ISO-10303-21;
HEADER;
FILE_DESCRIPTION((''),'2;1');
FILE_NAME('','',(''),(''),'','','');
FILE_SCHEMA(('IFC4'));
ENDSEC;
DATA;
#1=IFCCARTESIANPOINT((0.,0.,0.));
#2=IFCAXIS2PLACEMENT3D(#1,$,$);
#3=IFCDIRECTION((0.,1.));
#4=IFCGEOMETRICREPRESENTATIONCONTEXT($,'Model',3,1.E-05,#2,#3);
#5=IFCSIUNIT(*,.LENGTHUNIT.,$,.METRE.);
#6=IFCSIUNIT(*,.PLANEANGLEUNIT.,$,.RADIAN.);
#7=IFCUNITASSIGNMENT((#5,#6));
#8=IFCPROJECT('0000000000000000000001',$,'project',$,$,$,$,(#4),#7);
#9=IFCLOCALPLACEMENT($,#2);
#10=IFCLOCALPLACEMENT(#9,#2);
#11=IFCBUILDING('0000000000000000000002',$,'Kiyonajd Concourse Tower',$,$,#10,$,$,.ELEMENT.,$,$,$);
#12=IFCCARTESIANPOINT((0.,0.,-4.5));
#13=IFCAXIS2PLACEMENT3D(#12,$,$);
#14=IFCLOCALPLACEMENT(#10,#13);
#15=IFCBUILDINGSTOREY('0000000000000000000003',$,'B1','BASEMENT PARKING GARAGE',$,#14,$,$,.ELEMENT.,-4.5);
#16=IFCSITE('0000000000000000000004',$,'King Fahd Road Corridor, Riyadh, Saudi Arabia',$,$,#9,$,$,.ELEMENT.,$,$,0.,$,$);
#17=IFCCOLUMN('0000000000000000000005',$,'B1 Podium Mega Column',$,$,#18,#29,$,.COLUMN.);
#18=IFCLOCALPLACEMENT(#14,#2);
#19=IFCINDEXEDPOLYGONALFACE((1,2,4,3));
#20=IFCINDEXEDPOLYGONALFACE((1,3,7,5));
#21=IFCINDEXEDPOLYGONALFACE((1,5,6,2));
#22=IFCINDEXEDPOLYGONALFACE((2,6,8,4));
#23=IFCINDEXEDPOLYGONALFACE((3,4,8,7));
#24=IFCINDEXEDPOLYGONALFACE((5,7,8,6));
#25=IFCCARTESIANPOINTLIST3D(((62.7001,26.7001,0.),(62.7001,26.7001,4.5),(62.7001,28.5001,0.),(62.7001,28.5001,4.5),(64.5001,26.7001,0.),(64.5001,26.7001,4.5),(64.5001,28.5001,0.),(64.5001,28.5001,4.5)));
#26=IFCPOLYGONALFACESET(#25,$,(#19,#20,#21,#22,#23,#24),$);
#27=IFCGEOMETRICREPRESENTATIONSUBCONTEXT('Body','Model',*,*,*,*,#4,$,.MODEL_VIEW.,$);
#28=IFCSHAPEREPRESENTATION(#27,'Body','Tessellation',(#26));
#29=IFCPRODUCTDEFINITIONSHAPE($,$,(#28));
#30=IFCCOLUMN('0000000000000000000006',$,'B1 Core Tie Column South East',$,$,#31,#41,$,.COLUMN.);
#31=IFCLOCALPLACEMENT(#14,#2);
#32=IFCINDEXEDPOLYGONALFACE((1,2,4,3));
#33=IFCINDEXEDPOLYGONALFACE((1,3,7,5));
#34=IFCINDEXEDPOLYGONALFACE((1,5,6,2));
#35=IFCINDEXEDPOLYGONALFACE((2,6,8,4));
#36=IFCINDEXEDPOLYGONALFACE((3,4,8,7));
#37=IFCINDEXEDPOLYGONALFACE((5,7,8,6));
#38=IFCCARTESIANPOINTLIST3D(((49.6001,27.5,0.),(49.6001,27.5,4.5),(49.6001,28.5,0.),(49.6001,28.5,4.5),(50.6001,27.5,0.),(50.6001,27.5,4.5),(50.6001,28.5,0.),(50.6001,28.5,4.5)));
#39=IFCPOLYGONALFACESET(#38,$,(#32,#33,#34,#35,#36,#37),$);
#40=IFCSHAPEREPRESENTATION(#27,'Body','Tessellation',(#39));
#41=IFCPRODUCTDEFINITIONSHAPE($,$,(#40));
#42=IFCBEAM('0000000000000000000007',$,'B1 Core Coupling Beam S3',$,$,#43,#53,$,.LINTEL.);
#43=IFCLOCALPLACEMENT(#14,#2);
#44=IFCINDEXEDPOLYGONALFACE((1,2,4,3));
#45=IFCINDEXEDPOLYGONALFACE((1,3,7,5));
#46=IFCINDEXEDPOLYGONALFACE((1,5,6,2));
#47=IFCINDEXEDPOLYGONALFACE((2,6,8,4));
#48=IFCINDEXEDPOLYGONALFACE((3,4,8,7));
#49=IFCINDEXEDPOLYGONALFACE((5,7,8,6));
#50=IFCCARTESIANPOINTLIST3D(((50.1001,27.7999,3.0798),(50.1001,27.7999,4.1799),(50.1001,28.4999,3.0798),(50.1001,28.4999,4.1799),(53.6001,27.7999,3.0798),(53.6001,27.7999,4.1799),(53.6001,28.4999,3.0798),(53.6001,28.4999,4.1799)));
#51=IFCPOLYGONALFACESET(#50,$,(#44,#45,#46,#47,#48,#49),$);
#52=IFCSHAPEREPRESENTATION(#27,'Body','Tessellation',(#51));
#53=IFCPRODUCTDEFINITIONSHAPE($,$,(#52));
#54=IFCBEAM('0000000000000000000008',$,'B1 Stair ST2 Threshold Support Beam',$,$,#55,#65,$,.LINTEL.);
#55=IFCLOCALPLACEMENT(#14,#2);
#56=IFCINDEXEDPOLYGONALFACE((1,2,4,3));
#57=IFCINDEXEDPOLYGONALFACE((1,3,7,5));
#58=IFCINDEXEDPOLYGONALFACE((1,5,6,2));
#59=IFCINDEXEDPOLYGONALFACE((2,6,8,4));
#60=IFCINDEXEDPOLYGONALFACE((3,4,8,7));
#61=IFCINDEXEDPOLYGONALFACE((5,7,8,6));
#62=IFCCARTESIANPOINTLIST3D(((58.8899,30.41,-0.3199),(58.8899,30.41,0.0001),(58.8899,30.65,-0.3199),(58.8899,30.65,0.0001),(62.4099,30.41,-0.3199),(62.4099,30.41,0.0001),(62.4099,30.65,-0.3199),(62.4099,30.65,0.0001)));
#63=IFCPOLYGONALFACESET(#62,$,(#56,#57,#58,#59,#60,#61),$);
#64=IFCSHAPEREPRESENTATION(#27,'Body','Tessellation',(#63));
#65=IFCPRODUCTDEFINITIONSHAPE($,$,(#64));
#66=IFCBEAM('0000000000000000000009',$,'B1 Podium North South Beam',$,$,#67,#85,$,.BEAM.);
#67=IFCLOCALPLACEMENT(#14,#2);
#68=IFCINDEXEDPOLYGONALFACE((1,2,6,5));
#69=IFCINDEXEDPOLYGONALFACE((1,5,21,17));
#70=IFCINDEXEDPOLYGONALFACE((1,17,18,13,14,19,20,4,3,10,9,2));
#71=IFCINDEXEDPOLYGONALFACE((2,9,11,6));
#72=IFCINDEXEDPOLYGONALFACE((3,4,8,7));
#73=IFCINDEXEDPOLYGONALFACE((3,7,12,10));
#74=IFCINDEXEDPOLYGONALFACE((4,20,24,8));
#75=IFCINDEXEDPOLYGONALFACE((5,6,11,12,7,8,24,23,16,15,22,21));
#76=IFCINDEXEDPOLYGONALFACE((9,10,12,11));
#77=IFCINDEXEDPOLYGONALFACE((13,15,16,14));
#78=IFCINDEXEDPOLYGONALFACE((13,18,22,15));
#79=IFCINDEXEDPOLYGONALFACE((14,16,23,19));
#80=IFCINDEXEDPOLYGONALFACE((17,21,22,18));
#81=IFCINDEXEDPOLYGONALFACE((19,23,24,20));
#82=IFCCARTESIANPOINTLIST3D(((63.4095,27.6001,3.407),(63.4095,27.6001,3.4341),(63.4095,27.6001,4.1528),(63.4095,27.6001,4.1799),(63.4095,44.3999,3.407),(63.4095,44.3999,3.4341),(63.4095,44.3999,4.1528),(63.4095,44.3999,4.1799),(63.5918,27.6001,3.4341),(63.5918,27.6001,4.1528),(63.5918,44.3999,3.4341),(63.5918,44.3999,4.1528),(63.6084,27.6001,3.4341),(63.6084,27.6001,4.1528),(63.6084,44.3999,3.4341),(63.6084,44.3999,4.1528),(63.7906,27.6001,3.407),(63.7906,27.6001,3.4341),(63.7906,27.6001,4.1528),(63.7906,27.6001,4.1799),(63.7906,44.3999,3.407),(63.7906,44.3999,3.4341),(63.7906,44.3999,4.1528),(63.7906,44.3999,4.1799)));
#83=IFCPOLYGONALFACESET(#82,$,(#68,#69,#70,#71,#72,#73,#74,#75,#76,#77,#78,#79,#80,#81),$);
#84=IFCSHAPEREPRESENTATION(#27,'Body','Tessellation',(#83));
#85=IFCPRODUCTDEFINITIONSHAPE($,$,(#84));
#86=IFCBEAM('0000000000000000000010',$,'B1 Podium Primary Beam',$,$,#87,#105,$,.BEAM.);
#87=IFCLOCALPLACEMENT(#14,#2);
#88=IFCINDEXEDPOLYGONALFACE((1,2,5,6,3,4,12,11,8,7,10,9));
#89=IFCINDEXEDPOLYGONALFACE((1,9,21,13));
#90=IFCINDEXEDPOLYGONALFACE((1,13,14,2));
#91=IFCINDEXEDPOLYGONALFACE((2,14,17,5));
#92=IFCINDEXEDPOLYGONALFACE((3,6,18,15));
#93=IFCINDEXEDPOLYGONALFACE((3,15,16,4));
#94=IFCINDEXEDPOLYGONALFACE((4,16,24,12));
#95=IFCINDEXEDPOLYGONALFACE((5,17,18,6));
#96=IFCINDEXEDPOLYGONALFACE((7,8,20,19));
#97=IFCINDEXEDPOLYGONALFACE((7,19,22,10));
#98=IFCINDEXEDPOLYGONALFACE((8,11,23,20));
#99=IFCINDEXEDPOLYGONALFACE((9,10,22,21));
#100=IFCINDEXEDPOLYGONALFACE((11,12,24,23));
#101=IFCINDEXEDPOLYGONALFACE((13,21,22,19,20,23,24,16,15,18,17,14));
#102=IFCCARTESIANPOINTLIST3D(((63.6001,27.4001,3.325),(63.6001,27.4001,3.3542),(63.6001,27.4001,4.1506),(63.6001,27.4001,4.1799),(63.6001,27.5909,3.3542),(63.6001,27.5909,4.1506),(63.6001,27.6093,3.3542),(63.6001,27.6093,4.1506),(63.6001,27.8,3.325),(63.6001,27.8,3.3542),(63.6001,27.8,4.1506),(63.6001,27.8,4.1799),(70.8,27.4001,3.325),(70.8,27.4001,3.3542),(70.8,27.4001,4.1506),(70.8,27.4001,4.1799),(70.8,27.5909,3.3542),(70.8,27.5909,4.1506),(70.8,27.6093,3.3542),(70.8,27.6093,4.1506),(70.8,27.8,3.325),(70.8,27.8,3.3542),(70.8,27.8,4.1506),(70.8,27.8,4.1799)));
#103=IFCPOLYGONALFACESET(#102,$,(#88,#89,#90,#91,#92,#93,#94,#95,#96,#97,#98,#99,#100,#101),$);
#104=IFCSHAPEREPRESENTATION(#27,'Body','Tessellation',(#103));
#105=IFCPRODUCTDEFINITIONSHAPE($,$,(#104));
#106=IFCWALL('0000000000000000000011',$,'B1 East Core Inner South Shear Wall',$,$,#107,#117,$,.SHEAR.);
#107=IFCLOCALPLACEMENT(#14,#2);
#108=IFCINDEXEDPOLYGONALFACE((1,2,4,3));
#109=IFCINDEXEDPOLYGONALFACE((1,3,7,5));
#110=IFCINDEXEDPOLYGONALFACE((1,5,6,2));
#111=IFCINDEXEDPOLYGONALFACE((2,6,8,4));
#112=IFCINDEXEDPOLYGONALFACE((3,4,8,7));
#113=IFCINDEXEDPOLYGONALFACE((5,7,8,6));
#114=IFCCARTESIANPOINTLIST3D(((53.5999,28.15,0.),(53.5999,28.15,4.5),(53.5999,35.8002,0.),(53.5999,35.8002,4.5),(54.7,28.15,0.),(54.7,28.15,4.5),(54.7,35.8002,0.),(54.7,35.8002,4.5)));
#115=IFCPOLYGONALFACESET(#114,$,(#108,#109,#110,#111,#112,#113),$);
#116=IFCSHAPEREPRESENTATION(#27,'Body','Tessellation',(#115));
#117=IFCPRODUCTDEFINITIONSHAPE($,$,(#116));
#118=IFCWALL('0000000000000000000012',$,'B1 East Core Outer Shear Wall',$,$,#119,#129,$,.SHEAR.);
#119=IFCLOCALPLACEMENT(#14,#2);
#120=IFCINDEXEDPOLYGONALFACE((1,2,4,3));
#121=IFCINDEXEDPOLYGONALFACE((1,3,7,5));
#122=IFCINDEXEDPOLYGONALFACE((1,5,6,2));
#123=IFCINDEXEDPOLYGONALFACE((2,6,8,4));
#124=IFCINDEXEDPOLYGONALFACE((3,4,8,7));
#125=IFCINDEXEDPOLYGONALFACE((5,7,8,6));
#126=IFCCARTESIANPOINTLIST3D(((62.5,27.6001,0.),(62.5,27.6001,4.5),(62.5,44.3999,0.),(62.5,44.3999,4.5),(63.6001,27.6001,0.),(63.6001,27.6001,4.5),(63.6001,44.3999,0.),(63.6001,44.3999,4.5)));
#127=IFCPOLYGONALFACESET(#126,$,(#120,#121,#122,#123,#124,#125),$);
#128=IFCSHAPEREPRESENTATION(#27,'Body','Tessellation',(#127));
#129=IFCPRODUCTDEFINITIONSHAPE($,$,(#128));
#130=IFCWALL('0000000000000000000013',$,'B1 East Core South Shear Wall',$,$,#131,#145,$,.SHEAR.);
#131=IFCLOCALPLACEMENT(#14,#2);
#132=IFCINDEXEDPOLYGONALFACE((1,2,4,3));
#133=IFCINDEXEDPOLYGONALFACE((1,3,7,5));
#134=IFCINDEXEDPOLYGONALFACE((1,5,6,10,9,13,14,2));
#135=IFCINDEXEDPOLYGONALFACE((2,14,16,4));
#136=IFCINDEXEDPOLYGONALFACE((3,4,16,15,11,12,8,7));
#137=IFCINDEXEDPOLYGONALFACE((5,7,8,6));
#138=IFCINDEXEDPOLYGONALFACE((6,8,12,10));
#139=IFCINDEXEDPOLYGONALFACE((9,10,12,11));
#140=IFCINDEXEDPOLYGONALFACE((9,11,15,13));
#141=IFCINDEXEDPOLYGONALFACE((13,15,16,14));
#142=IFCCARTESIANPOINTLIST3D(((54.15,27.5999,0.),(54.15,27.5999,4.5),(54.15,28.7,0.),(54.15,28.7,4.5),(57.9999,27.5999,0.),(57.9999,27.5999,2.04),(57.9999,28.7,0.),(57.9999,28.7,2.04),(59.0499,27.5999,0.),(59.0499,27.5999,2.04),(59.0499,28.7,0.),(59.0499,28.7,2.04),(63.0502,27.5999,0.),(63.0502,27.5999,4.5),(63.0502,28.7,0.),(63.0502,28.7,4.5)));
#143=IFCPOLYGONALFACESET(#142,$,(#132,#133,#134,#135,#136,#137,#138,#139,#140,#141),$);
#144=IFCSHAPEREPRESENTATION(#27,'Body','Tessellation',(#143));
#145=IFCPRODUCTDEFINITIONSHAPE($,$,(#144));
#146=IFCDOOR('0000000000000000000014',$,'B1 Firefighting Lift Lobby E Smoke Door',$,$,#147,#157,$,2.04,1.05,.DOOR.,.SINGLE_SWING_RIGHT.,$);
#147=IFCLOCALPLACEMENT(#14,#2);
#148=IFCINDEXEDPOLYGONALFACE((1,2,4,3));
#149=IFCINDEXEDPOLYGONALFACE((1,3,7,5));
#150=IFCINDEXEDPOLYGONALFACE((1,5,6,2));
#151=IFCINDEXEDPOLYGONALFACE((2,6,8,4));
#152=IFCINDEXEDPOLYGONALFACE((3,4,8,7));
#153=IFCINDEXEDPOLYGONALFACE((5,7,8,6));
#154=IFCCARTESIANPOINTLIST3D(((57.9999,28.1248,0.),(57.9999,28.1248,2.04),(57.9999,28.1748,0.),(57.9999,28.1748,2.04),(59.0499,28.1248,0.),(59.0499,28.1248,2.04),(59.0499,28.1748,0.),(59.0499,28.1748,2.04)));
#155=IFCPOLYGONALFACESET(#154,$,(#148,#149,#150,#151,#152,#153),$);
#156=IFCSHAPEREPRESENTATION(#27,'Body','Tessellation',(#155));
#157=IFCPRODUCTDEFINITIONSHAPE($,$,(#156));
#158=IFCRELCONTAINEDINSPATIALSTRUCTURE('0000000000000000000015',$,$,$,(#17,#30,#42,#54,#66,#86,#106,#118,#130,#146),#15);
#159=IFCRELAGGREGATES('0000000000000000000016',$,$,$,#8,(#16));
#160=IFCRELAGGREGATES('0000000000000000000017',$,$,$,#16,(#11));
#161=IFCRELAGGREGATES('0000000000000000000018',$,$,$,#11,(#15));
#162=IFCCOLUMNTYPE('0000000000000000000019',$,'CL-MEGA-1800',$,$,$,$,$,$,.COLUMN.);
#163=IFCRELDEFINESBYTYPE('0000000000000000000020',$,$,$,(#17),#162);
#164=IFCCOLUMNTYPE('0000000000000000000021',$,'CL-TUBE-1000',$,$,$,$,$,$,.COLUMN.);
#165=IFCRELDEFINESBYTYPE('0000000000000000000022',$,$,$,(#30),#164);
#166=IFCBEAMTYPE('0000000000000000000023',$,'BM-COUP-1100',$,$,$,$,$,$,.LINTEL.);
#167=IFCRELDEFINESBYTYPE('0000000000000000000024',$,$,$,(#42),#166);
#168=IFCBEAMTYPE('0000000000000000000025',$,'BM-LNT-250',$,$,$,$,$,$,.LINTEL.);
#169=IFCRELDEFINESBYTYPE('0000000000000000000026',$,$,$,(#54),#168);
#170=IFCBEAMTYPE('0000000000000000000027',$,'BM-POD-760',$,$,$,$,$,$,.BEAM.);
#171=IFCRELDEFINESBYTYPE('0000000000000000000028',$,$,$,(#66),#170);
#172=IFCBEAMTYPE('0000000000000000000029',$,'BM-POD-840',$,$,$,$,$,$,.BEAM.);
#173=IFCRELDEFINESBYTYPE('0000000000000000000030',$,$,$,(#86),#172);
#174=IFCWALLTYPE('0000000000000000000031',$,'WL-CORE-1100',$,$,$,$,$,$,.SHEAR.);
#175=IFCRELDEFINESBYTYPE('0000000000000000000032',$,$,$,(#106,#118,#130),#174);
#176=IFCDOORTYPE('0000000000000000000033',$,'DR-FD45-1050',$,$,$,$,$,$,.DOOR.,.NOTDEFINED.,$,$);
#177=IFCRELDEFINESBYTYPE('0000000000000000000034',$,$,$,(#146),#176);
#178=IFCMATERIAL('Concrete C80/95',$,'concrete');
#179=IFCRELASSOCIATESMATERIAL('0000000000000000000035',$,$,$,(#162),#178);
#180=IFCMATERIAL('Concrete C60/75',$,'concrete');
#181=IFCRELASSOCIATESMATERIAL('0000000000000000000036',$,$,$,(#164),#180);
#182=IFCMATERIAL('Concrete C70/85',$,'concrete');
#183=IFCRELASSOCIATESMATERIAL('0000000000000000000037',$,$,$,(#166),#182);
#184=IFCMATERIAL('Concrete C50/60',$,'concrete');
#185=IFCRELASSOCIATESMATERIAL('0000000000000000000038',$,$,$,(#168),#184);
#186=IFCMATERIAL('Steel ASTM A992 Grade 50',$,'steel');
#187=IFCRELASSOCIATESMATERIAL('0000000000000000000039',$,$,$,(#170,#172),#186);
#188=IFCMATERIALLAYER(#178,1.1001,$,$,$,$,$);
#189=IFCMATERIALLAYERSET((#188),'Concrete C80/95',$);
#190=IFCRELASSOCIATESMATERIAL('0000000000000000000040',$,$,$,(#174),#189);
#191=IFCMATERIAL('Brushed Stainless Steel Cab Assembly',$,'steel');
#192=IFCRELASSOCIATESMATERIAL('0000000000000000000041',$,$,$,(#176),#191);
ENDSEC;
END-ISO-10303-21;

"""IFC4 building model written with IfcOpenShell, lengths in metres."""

from ifc_helpers import new_model, si_unit, direction, frame, frame_2d, origin, origin_2d, place, context, subcontext, project, spatial, rectangle, i_section, extrude, material, layer, layer_set, material_profile, profile_set, type_object, element, fill, save


model = new_model("IFC4")

# Units and contexts
model_context = context("Model", 3, precision=1e-05, world=origin(), true_north=direction((0.0, 1.0)))
body_context = subcontext(model_context, "Body", "Model", "MODEL_VIEW")
ifc_project = project(units=[si_unit("LENGTHUNIT", "METRE"), si_unit("PLANEANGLEUNIT", "RADIAN")], contexts=[model_context])

# Site, building, storey
site_placement = place(None, origin())
site = spatial("IfcSite", under=ifc_project, at=site_placement, Name="King Fahd Road Corridor, Riyadh, Saudi Arabia", CompositionType="ELEMENT", RefElevation=0.0)
building_placement = place(site_placement, origin())
building = spatial("IfcBuilding", under=site, at=building_placement, Name="Kiyonajd Concourse Tower", CompositionType="ELEMENT")
storey_placement = place(building_placement, frame((0.0, 0.0, -4.5)))
storey = spatial("IfcBuildingStorey", under=building, at=storey_placement, Name="B1", Description="BASEMENT PARKING GARAGE", CompositionType="ELEMENT", Elevation=-4.5)

# Columns
ifc_material_1 = material(Name="Concrete C80/95", Category="concrete")
ifc_material_profile_1 = material_profile(ifc_material_1, rectangle(XDim=1.8, YDim=1.8, at=origin_2d()), Name="RC-1800x1800")
ifc_profile_set_1 = profile_set([ifc_material_profile_1], Name="Concrete C80/95")
column_type_1 = type_object("IfcColumnType", Name="CL-MEGA-1800", PredefinedType="COLUMN", material=ifc_profile_set_1)
column_1_placement = place(storey_placement, frame((63.6001, 27.6001, 0.0), z_axis=(0.0, 0.0, 1.0), x_axis=(1.0, 0.0, 0.0)))
element("IfcColumn", 1, at=column_1_placement, inside=storey, type_object=column_type_1, Name="B1 Podium Mega Column", PredefinedType="COLUMN", context=body_context, shape_type="SweptSolid", body=[
    extrude(rectangle(XDim=1.8, YDim=1.8, at=origin_2d()), origin(), (0.0, 0.0, 1.0), 4.5),
])
ifc_material_2 = material(Name="Concrete C60/75", Category="concrete")
ifc_material_profile_2 = material_profile(ifc_material_2, rectangle(XDim=1.0, YDim=1.0, at=origin_2d()), Name="RC-1000x1000")
ifc_profile_set_2 = profile_set([ifc_material_profile_2], Name="Concrete C60/75")
column_type_2 = type_object("IfcColumnType", Name="CL-TUBE-1000", PredefinedType="COLUMN", material=ifc_profile_set_2)
column_2_placement = place(storey_placement, frame((50.1001, 28.0, 0.0), z_axis=(0.0, 0.0, 1.0), x_axis=(1.0, 0.0, 0.0)))
element("IfcColumn", 2, at=column_2_placement, inside=storey, type_object=column_type_2, Name="B1 Core Tie Column South East", PredefinedType="COLUMN", context=body_context, shape_type="SweptSolid", body=[
    extrude(rectangle(XDim=1.0, YDim=1.0, at=origin_2d()), origin(), (0.0, 0.0, 1.0), 4.5),
])

# Beams
ifc_material_3 = material(Name="Concrete C70/85", Category="concrete")
ifc_material_profile_3 = material_profile(ifc_material_3, rectangle(XDim=0.7, YDim=1.1001, at=origin_2d()), Name="RCBM-700x1100")
ifc_profile_set_3 = profile_set([ifc_material_profile_3], Name="Concrete C70/85")
beam_type_1 = type_object("IfcBeamType", Name="BM-COUP-1100", PredefinedType="LINTEL", material=ifc_profile_set_3)
beam_1_placement = place(storey_placement, frame((50.1001, 28.1499, 3.6299), z_axis=(1.0, 0.0, 0.0), x_axis=(0.0, 1.0, 0.0)))
element("IfcBeam", 3, at=beam_1_placement, inside=storey, type_object=beam_type_1, Name="B1 Core Coupling Beam S3", PredefinedType="LINTEL", context=body_context, shape_type="SweptSolid", body=[
    extrude(rectangle(XDim=0.7, YDim=1.1001, at=origin_2d()), origin(), (0.0, 0.0, 1.0), 3.5),
])
ifc_material_4 = material(Name="Concrete C50/60", Category="concrete")
ifc_material_profile_4 = material_profile(ifc_material_4, rectangle(XDim=0.24, YDim=0.3201, at=origin_2d()), Name="RCBM-240x320")
ifc_profile_set_4 = profile_set([ifc_material_profile_4], Name="Concrete C50/60")
beam_type_2 = type_object("IfcBeamType", Name="BM-LNT-250", PredefinedType="LINTEL", material=ifc_profile_set_4)
beam_2_placement = place(storey_placement, frame((58.8899, 30.53, -0.1599), z_axis=(1.0, 0.0, 0.0), x_axis=(0.0, 1.0, 0.0)))
element("IfcBeam", 4, at=beam_2_placement, inside=storey, type_object=beam_type_2, Name="B1 Stair ST2 Threshold Support Beam", PredefinedType="LINTEL", context=body_context, shape_type="SweptSolid", body=[
    extrude(rectangle(XDim=0.24, YDim=0.3201, at=origin_2d()), origin(), (0.0, 0.0, 1.0), 3.52),
])
ifc_material_5 = material(Name="Steel ASTM A992 Grade 50", Category="steel")
ifc_material_profile_5 = material_profile(ifc_material_5, i_section(OverallWidth=0.3811, OverallDepth=0.7729, WebThickness=0.0166, FlangeThickness=0.0271, at=origin_2d()), Name="W760X257")
ifc_profile_set_5 = profile_set([ifc_material_profile_5], Name="Steel ASTM A992 Grade 50")
beam_type_3 = type_object("IfcBeamType", Name="BM-POD-760", PredefinedType="BEAM", material=ifc_profile_set_5)
beam_3_placement = place(storey_placement, frame((63.6001, 27.6001, 3.7935), z_axis=(0.0, 1.0, 0.0), x_axis=(-1.0, 0.0, 0.0)))
element("IfcBeam", 5, at=beam_3_placement, inside=storey, type_object=beam_type_3, Name="B1 Podium North South Beam", PredefinedType="BEAM", context=body_context, shape_type="SweptSolid", body=[
    extrude(i_section(OverallWidth=0.3811, OverallDepth=0.7729, WebThickness=0.0166, FlangeThickness=0.0271, at=origin_2d()), origin(), (0.0, 0.0, 1.0), 16.7998),
])
ifc_material_profile_6 = material_profile(ifc_material_5, i_section(OverallWidth=0.3999, OverallDepth=0.855, WebThickness=0.0183, FlangeThickness=0.0293, at=origin_2d()), Name="W840X299")
ifc_profile_set_6 = profile_set([ifc_material_profile_6], Name="Steel ASTM A992 Grade 50")
beam_type_4 = type_object("IfcBeamType", Name="BM-POD-840", PredefinedType="BEAM", material=ifc_profile_set_6)
beam_4_placement = place(storey_placement, frame((63.6001, 27.6001, 3.7524), z_axis=(1.0, 0.0, 0.0), x_axis=(0.0, 1.0, 0.0)))
element("IfcBeam", 6, at=beam_4_placement, inside=storey, type_object=beam_type_4, Name="B1 Podium Primary Beam", PredefinedType="BEAM", context=body_context, shape_type="SweptSolid", body=[
    extrude(i_section(OverallWidth=0.3999, OverallDepth=0.855, WebThickness=0.0183, FlangeThickness=0.0293, at=origin_2d()), origin(), (0.0, 0.0, 1.0), 7.2),
])

# Walls
ifc_layer_1 = layer(ifc_material_1, 1.1001)
ifc_layer_set_1 = layer_set([ifc_layer_1], Name="Concrete C80/95")
wall_type_1 = type_object("IfcWallType", Name="WL-CORE-1100", PredefinedType="SHEAR", material=ifc_layer_set_1)
wall_1_placement = place(storey_placement, frame((54.1499, 28.1499, 0.0), z_axis=(0.0, 0.0, 1.0), x_axis=(0.0, 1.0, 0.0)))
element("IfcWall", 7, at=wall_1_placement, inside=storey, type_object=wall_type_1, Name="B1 East Core Inner South Shear Wall", PredefinedType="SHEAR", context=body_context, shape_type="SweptSolid", body=[
    extrude(rectangle(XDim=7.6501, YDim=1.1001, at=frame_2d((3.8252, 0.0))), origin(), (0.0, 0.0, 1.0), 4.5),
])
wall_2_placement = place(storey_placement, frame((63.05, 27.6001, 0.0), z_axis=(0.0, 0.0, 1.0), x_axis=(0.0, 1.0, 0.0)))
element("IfcWall", 8, at=wall_2_placement, inside=storey, type_object=wall_type_1, Name="B1 East Core Outer Shear Wall", PredefinedType="SHEAR", context=body_context, shape_type="SweptSolid", body=[
    extrude(rectangle(XDim=16.7998, YDim=1.1001, at=frame_2d((8.3999, 0.0))), origin(), (0.0, 0.0, 1.0), 4.5),
])

# Wall, opening, door
wall_3_placement = place(storey_placement, frame((54.1499, 28.1499, 0.0), z_axis=(0.0, 0.0, 1.0), x_axis=(1.0, 0.0, 0.0)))
wall_3 = element("IfcWall", 9, at=wall_3_placement, inside=storey, type_object=wall_type_1, Name="B1 East Core South Shear Wall", PredefinedType="SHEAR", context=body_context, shape_type="SweptSolid", body=[
    extrude(rectangle(XDim=8.9001, YDim=1.1001, at=frame_2d((4.4502, 0.0))), origin(), (0.0, 0.0, 1.0), 4.5),
])
opening_1_placement = place(wall_3_placement, frame((3.8501, 0.0, 0.0)))
opening_1 = element("IfcOpeningElement", 10, at=opening_1_placement, cuts=wall_3, PredefinedType="OPENING", context=body_context, shape_type="SweptSolid", body=[
    extrude(rectangle(XDim=1.05, YDim=2.04, at=frame_2d((0.5249, 1.02))), frame((0.0, 0.5601, 0.0), z_axis=(0.0, -1.0, 0.0), x_axis=(1.0, 0.0, 0.0)), (0.0, 0.0, 1.0), 1.1201),
])
ifc_material_6 = material(Name="Brushed Stainless Steel Cab Assembly", Category="steel")
door_type_1 = type_object("IfcDoorType", Name="DR-FD45-1050", OperationType="NOTDEFINED", PredefinedType="DOOR", material=ifc_material_6)
door_1_placement = place(opening_1_placement, origin())
door_1 = element("IfcDoor", 11, at=door_1_placement, inside=storey, type_object=door_type_1, Name="B1 Firefighting Lift Lobby E Smoke Door", OperationType="SINGLE_SWING_RIGHT", OverallHeight=2.04, OverallWidth=1.05, PredefinedType="DOOR", context=body_context, shape_type="SweptSolid", body=[
    extrude(rectangle(XDim=1.05, YDim=2.04, at=frame_2d((0.5249, 1.02))), frame((0.0, 0.0249, 0.0), z_axis=(0.0, -1.0, 0.0), x_axis=(1.0, 0.0, 0.0)), (0.0, 0.0, 1.0), 0.05),
])
fill(opening_1, door_1)

save(model, "model.ifc")
